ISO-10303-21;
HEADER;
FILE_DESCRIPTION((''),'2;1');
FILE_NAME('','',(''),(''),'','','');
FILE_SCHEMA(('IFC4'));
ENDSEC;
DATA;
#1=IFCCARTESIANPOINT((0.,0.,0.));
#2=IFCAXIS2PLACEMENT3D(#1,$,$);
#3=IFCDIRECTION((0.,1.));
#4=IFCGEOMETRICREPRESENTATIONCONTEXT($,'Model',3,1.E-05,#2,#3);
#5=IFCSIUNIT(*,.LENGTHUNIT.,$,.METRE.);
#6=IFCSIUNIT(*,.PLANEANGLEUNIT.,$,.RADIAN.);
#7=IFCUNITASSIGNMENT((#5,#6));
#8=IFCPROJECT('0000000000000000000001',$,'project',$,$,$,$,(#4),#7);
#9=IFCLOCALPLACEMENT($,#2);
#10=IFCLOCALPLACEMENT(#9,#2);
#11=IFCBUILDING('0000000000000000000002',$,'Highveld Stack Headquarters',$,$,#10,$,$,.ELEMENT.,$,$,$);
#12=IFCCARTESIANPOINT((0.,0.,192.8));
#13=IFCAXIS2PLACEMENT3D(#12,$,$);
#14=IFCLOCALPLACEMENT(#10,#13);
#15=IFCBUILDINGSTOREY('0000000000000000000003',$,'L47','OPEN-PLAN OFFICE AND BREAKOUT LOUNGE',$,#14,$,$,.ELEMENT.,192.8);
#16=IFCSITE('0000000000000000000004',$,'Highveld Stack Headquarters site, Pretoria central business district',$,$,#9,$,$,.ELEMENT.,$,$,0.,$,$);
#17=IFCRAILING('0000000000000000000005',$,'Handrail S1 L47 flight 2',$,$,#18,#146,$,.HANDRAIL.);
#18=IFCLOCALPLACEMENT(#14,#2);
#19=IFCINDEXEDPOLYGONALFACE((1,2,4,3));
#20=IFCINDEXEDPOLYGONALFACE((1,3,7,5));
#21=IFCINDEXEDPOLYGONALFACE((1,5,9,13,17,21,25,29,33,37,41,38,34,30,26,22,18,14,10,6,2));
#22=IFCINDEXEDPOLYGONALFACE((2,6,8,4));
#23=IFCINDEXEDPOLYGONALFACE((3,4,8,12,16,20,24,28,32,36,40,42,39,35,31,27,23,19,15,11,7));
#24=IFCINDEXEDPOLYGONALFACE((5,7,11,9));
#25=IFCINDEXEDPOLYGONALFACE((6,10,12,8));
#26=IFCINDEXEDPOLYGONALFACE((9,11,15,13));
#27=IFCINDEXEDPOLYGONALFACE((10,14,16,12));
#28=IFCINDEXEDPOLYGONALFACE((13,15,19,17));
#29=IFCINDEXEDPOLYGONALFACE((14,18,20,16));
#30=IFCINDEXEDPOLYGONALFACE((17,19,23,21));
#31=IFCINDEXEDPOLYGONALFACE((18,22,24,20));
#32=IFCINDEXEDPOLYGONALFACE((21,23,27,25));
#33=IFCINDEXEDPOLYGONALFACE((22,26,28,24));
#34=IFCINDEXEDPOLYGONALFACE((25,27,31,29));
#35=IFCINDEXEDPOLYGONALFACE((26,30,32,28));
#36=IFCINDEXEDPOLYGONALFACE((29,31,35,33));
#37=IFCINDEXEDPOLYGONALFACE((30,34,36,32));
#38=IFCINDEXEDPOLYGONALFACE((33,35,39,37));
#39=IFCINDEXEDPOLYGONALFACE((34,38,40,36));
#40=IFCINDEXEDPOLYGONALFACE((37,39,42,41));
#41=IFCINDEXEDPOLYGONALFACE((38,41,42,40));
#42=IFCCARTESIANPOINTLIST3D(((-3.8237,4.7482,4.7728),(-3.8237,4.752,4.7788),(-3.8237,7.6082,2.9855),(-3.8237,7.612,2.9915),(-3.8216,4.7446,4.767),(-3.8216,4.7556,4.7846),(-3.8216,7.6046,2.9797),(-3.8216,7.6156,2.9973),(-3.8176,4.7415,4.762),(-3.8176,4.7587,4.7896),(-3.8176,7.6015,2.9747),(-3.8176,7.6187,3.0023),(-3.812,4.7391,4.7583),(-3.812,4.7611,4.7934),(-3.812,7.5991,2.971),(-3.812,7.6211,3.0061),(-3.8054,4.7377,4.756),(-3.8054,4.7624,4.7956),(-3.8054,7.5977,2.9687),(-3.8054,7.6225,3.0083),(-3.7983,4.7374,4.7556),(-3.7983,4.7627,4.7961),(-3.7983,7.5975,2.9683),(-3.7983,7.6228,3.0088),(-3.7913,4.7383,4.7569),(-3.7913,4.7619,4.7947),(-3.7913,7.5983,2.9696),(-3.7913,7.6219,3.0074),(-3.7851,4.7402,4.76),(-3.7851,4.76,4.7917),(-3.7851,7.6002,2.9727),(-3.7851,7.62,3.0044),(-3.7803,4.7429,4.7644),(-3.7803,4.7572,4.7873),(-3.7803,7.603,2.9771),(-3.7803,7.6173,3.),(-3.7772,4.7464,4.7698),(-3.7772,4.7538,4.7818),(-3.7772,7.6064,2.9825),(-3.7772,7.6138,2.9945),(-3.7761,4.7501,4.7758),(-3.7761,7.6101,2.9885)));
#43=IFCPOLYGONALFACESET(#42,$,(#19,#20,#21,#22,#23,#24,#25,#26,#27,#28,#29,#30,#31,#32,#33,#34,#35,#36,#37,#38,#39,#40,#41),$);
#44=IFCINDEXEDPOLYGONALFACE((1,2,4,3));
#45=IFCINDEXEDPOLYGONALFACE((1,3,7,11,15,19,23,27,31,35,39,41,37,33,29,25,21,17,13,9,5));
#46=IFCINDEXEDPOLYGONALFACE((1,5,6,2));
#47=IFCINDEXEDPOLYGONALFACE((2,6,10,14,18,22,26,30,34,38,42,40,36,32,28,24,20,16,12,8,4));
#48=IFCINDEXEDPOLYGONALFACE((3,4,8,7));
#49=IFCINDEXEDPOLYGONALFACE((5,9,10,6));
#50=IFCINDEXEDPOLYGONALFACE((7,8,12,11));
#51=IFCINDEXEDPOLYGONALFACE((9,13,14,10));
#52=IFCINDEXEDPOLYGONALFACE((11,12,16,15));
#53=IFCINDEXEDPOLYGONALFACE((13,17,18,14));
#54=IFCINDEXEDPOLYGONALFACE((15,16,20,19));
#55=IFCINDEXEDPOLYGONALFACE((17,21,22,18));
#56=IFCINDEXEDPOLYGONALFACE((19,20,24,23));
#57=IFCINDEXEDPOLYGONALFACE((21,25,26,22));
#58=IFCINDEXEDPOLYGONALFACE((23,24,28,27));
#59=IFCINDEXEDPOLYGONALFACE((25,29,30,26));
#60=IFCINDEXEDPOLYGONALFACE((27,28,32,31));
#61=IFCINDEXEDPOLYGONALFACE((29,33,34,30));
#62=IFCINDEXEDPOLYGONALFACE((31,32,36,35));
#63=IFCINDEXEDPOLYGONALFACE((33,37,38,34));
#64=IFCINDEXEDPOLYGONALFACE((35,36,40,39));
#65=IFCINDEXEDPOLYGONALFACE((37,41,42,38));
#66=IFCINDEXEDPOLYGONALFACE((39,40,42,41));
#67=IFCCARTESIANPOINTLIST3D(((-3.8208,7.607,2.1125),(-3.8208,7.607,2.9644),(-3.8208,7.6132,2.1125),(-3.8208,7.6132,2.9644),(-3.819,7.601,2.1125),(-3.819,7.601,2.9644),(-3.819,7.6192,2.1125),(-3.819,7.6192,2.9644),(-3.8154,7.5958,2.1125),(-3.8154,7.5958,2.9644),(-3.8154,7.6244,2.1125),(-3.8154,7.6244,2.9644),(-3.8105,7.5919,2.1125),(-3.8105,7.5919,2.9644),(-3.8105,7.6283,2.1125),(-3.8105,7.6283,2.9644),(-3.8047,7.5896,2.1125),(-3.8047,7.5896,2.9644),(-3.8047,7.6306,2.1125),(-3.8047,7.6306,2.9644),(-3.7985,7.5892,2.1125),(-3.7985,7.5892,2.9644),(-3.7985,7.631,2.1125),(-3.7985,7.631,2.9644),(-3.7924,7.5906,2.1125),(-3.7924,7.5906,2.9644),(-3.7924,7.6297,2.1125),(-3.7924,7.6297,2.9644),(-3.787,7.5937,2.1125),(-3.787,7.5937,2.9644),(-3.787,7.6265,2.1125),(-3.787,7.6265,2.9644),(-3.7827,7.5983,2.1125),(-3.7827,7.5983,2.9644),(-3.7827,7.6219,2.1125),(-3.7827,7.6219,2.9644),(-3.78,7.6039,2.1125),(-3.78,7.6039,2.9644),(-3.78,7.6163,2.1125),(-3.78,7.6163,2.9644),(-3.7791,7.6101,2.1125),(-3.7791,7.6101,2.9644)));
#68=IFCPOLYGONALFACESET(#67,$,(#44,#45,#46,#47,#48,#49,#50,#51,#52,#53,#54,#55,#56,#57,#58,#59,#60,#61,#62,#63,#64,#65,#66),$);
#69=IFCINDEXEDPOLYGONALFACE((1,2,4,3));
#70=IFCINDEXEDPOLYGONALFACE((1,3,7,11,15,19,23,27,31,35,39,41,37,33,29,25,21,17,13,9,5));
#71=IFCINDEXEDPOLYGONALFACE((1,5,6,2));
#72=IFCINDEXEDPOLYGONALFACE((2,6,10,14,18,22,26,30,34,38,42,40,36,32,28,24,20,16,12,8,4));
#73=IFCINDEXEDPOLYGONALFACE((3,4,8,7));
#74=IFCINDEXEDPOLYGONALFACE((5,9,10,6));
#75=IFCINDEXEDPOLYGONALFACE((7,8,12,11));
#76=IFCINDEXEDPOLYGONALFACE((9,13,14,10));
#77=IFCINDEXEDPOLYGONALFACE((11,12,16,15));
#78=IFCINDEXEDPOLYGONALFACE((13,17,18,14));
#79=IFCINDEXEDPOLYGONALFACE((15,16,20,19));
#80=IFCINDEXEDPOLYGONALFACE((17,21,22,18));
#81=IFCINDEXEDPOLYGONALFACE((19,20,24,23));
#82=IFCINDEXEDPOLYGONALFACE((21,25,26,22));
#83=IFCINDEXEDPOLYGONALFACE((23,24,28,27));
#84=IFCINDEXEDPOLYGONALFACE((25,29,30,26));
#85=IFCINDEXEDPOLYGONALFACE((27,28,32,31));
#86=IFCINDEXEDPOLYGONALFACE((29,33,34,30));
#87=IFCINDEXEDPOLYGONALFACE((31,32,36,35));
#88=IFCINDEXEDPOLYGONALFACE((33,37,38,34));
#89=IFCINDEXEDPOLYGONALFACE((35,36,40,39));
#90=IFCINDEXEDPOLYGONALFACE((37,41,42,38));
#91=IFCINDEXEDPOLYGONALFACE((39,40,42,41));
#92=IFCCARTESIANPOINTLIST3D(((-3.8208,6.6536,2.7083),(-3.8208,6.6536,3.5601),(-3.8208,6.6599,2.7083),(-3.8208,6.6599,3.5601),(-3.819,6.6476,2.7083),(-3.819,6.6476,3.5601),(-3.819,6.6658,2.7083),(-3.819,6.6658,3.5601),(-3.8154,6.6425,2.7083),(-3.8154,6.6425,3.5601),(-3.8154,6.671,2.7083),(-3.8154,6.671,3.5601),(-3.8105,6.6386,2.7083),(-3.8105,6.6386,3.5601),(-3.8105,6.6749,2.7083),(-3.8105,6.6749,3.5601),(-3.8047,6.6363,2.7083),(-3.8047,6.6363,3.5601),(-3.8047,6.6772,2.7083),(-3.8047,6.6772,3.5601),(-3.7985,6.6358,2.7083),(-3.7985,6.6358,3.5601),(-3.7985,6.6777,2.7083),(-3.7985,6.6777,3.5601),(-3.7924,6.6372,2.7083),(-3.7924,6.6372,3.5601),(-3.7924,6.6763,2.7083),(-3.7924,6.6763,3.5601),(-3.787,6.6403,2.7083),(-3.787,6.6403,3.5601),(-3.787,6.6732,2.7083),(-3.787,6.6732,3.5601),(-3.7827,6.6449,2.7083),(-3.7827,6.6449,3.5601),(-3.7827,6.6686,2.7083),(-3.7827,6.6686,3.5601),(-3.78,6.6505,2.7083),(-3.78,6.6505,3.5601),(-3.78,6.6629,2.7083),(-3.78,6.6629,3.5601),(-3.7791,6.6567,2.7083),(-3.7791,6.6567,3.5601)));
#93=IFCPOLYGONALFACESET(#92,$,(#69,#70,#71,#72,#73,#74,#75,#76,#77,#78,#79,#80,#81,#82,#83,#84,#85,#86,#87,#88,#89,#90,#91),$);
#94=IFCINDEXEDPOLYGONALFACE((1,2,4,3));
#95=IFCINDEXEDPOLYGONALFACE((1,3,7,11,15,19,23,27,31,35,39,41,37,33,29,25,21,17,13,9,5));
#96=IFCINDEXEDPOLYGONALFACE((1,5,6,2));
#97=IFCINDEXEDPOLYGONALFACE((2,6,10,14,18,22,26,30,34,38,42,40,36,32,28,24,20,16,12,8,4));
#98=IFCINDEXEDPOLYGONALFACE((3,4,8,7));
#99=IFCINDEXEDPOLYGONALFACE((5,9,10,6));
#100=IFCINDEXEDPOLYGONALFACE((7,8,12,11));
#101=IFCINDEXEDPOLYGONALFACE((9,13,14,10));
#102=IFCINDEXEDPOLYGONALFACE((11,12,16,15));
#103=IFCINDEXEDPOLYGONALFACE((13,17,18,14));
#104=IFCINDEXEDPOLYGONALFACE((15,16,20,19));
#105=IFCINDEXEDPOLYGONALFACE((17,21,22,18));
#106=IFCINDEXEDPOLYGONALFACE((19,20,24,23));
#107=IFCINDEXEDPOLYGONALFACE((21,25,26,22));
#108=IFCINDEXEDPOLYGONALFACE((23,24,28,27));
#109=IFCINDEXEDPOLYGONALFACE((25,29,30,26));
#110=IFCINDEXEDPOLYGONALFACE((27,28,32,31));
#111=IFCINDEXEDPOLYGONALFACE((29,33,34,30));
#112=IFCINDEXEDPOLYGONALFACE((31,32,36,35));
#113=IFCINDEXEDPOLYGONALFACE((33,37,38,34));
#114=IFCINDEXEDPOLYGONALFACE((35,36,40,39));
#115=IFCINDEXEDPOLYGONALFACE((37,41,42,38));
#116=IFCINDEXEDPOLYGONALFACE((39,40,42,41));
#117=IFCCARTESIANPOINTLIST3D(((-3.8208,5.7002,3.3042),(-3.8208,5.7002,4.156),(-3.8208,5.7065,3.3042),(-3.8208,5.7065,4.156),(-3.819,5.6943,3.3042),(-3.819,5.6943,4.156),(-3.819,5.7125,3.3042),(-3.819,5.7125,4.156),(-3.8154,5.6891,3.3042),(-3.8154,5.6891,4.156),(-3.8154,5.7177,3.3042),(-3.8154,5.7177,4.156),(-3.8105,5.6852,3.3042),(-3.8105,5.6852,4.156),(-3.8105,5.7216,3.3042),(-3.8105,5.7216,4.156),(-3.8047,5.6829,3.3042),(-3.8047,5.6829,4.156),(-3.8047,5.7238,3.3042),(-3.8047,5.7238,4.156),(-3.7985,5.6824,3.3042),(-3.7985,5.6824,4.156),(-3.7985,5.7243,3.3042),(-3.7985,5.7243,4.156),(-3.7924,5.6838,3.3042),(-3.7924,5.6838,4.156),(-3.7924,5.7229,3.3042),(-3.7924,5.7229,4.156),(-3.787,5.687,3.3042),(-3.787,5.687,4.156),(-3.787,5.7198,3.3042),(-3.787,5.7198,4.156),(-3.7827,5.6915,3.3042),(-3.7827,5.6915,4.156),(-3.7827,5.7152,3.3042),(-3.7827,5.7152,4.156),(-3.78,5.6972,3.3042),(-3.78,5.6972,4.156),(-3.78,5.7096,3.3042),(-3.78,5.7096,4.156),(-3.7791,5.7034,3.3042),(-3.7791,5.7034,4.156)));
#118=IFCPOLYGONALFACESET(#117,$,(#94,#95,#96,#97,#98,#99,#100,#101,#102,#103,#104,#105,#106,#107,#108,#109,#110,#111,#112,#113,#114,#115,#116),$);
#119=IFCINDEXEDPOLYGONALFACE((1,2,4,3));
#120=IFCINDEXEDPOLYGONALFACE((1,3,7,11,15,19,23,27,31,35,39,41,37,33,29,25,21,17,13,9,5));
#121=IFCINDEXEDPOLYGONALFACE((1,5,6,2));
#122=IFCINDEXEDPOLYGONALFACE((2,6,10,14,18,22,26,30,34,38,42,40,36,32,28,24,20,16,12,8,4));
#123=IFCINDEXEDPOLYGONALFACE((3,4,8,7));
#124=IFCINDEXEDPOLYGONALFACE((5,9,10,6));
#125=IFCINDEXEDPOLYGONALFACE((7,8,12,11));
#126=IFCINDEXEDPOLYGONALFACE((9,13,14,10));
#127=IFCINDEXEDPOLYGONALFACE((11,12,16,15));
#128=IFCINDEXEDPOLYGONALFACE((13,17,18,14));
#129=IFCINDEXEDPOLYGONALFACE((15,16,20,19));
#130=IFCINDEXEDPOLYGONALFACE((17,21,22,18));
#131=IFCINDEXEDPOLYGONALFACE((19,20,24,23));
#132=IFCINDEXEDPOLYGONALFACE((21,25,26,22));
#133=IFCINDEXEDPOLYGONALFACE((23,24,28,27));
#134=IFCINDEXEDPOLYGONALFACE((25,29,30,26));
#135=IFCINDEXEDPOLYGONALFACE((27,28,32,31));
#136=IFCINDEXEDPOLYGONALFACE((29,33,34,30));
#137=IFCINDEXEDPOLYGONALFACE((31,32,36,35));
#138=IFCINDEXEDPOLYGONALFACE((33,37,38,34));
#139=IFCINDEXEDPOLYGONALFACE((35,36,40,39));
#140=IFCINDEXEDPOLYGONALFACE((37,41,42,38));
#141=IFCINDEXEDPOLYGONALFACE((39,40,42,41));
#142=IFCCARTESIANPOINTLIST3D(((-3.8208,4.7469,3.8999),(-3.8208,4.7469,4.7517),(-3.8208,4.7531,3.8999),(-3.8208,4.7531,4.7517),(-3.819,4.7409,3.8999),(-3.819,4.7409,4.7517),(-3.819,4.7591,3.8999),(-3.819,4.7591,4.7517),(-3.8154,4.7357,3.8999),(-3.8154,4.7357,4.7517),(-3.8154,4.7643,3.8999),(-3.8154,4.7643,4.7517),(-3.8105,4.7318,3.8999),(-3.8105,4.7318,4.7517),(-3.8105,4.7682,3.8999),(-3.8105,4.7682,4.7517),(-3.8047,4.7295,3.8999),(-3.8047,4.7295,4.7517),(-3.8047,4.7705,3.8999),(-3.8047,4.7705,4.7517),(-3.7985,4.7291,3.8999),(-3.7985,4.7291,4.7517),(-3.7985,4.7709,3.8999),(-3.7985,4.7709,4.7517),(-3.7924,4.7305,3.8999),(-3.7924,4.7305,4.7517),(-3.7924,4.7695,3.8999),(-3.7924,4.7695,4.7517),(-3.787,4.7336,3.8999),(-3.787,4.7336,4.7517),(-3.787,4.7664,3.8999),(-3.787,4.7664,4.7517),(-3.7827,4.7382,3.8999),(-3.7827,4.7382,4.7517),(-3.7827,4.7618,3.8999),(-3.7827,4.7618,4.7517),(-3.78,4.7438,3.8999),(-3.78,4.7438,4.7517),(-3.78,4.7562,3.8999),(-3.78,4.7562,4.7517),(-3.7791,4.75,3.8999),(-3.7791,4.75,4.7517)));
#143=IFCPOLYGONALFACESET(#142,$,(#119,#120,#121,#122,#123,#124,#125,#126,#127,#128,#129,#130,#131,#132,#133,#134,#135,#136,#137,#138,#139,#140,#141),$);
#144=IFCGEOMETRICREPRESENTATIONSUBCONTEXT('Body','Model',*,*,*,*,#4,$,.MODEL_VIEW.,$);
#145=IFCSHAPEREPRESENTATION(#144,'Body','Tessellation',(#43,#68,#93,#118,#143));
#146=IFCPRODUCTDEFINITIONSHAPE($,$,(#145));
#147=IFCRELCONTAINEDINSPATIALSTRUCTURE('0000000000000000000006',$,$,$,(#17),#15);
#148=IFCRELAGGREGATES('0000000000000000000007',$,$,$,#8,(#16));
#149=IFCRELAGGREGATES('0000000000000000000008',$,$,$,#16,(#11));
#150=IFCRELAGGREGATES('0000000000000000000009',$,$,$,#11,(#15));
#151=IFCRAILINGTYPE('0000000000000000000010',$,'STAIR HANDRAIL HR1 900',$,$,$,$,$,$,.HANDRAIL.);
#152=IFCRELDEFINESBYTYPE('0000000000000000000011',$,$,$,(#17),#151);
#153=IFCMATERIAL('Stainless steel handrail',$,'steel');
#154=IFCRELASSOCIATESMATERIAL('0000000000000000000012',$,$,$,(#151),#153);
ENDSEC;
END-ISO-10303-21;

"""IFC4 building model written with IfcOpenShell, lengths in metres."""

from ifc_helpers import new_model, si_unit, direction, frame, origin, origin_2d, place, context, subcontext, project, spatial, circle, extrude, material, type_object, element, save


model = new_model("IFC4")

# Units and contexts
model_context = context("Model", 3, precision=1e-05, world=origin(), true_north=direction((0.0, 1.0)))
body_context = subcontext(model_context, "Body", "Model", "MODEL_VIEW")
ifc_project = project(units=[si_unit("LENGTHUNIT", "METRE"), si_unit("PLANEANGLEUNIT", "RADIAN")], contexts=[model_context])

# Site, building, storey
site_placement = place(None, origin())
site = spatial("IfcSite", under=ifc_project, at=site_placement, Name="Highveld Stack Headquarters site, Pretoria central business district", CompositionType="ELEMENT", RefElevation=0.0)
building_placement = place(site_placement, origin())
building = spatial("IfcBuilding", under=site, at=building_placement, Name="Highveld Stack Headquarters", CompositionType="ELEMENT")
storey_placement = place(building_placement, frame((0.0, 0.0, 192.8)))
storey = spatial("IfcBuildingStorey", under=building, at=storey_placement, Name="L47", Description="OPEN-PLAN OFFICE AND BREAKOUT LOUNGE", CompositionType="ELEMENT", Elevation=192.8)

# Railing
ifc_material_1 = material(Name="Stainless steel handrail", Category="steel")
railing_type = type_object("IfcRailingType", Name="STAIR HANDRAIL HR1 900", PredefinedType="HANDRAIL", material=ifc_material_1)
for number, where, name in (
    (1, (-3.8, 7.6101, 2.1125), "Handrail S1 L47 flight 2"),
):
    element("IfcRailing", number, at=place(storey_placement, frame(where)), inside=storey, type_object=railing_type, Name=name, PredefinedType="HANDRAIL", context=body_context, shape_type="SweptSolid", body=[
        extrude(circle(Radius=0.0239, at=origin_2d()), frame((0.0, 0.0, 0.876), z_axis=(0.0, -0.848027, 0.529953), x_axis=(1.0, 0.0, 0.0)), (0.0, 0.0, 1.0), 3.3726),
        extrude(circle(Radius=0.021, at=origin_2d()), origin(), (0.0, 0.0, 1.0), 0.8518),
        extrude(circle(Radius=0.021, at=origin_2d()), frame((0.0, -0.9534, 0.5957)), (0.0, 0.0, 1.0), 0.8518),
        extrude(circle(Radius=0.021, at=origin_2d()), frame((0.0, -1.9067, 1.1917)), (0.0, 0.0, 1.0), 0.8518),
        extrude(circle(Radius=0.021, at=origin_2d()), frame((0.0, -2.8601, 1.7874)), (0.0, 0.0, 1.0), 0.8518),
    ])

save(model, "model.ifc")
